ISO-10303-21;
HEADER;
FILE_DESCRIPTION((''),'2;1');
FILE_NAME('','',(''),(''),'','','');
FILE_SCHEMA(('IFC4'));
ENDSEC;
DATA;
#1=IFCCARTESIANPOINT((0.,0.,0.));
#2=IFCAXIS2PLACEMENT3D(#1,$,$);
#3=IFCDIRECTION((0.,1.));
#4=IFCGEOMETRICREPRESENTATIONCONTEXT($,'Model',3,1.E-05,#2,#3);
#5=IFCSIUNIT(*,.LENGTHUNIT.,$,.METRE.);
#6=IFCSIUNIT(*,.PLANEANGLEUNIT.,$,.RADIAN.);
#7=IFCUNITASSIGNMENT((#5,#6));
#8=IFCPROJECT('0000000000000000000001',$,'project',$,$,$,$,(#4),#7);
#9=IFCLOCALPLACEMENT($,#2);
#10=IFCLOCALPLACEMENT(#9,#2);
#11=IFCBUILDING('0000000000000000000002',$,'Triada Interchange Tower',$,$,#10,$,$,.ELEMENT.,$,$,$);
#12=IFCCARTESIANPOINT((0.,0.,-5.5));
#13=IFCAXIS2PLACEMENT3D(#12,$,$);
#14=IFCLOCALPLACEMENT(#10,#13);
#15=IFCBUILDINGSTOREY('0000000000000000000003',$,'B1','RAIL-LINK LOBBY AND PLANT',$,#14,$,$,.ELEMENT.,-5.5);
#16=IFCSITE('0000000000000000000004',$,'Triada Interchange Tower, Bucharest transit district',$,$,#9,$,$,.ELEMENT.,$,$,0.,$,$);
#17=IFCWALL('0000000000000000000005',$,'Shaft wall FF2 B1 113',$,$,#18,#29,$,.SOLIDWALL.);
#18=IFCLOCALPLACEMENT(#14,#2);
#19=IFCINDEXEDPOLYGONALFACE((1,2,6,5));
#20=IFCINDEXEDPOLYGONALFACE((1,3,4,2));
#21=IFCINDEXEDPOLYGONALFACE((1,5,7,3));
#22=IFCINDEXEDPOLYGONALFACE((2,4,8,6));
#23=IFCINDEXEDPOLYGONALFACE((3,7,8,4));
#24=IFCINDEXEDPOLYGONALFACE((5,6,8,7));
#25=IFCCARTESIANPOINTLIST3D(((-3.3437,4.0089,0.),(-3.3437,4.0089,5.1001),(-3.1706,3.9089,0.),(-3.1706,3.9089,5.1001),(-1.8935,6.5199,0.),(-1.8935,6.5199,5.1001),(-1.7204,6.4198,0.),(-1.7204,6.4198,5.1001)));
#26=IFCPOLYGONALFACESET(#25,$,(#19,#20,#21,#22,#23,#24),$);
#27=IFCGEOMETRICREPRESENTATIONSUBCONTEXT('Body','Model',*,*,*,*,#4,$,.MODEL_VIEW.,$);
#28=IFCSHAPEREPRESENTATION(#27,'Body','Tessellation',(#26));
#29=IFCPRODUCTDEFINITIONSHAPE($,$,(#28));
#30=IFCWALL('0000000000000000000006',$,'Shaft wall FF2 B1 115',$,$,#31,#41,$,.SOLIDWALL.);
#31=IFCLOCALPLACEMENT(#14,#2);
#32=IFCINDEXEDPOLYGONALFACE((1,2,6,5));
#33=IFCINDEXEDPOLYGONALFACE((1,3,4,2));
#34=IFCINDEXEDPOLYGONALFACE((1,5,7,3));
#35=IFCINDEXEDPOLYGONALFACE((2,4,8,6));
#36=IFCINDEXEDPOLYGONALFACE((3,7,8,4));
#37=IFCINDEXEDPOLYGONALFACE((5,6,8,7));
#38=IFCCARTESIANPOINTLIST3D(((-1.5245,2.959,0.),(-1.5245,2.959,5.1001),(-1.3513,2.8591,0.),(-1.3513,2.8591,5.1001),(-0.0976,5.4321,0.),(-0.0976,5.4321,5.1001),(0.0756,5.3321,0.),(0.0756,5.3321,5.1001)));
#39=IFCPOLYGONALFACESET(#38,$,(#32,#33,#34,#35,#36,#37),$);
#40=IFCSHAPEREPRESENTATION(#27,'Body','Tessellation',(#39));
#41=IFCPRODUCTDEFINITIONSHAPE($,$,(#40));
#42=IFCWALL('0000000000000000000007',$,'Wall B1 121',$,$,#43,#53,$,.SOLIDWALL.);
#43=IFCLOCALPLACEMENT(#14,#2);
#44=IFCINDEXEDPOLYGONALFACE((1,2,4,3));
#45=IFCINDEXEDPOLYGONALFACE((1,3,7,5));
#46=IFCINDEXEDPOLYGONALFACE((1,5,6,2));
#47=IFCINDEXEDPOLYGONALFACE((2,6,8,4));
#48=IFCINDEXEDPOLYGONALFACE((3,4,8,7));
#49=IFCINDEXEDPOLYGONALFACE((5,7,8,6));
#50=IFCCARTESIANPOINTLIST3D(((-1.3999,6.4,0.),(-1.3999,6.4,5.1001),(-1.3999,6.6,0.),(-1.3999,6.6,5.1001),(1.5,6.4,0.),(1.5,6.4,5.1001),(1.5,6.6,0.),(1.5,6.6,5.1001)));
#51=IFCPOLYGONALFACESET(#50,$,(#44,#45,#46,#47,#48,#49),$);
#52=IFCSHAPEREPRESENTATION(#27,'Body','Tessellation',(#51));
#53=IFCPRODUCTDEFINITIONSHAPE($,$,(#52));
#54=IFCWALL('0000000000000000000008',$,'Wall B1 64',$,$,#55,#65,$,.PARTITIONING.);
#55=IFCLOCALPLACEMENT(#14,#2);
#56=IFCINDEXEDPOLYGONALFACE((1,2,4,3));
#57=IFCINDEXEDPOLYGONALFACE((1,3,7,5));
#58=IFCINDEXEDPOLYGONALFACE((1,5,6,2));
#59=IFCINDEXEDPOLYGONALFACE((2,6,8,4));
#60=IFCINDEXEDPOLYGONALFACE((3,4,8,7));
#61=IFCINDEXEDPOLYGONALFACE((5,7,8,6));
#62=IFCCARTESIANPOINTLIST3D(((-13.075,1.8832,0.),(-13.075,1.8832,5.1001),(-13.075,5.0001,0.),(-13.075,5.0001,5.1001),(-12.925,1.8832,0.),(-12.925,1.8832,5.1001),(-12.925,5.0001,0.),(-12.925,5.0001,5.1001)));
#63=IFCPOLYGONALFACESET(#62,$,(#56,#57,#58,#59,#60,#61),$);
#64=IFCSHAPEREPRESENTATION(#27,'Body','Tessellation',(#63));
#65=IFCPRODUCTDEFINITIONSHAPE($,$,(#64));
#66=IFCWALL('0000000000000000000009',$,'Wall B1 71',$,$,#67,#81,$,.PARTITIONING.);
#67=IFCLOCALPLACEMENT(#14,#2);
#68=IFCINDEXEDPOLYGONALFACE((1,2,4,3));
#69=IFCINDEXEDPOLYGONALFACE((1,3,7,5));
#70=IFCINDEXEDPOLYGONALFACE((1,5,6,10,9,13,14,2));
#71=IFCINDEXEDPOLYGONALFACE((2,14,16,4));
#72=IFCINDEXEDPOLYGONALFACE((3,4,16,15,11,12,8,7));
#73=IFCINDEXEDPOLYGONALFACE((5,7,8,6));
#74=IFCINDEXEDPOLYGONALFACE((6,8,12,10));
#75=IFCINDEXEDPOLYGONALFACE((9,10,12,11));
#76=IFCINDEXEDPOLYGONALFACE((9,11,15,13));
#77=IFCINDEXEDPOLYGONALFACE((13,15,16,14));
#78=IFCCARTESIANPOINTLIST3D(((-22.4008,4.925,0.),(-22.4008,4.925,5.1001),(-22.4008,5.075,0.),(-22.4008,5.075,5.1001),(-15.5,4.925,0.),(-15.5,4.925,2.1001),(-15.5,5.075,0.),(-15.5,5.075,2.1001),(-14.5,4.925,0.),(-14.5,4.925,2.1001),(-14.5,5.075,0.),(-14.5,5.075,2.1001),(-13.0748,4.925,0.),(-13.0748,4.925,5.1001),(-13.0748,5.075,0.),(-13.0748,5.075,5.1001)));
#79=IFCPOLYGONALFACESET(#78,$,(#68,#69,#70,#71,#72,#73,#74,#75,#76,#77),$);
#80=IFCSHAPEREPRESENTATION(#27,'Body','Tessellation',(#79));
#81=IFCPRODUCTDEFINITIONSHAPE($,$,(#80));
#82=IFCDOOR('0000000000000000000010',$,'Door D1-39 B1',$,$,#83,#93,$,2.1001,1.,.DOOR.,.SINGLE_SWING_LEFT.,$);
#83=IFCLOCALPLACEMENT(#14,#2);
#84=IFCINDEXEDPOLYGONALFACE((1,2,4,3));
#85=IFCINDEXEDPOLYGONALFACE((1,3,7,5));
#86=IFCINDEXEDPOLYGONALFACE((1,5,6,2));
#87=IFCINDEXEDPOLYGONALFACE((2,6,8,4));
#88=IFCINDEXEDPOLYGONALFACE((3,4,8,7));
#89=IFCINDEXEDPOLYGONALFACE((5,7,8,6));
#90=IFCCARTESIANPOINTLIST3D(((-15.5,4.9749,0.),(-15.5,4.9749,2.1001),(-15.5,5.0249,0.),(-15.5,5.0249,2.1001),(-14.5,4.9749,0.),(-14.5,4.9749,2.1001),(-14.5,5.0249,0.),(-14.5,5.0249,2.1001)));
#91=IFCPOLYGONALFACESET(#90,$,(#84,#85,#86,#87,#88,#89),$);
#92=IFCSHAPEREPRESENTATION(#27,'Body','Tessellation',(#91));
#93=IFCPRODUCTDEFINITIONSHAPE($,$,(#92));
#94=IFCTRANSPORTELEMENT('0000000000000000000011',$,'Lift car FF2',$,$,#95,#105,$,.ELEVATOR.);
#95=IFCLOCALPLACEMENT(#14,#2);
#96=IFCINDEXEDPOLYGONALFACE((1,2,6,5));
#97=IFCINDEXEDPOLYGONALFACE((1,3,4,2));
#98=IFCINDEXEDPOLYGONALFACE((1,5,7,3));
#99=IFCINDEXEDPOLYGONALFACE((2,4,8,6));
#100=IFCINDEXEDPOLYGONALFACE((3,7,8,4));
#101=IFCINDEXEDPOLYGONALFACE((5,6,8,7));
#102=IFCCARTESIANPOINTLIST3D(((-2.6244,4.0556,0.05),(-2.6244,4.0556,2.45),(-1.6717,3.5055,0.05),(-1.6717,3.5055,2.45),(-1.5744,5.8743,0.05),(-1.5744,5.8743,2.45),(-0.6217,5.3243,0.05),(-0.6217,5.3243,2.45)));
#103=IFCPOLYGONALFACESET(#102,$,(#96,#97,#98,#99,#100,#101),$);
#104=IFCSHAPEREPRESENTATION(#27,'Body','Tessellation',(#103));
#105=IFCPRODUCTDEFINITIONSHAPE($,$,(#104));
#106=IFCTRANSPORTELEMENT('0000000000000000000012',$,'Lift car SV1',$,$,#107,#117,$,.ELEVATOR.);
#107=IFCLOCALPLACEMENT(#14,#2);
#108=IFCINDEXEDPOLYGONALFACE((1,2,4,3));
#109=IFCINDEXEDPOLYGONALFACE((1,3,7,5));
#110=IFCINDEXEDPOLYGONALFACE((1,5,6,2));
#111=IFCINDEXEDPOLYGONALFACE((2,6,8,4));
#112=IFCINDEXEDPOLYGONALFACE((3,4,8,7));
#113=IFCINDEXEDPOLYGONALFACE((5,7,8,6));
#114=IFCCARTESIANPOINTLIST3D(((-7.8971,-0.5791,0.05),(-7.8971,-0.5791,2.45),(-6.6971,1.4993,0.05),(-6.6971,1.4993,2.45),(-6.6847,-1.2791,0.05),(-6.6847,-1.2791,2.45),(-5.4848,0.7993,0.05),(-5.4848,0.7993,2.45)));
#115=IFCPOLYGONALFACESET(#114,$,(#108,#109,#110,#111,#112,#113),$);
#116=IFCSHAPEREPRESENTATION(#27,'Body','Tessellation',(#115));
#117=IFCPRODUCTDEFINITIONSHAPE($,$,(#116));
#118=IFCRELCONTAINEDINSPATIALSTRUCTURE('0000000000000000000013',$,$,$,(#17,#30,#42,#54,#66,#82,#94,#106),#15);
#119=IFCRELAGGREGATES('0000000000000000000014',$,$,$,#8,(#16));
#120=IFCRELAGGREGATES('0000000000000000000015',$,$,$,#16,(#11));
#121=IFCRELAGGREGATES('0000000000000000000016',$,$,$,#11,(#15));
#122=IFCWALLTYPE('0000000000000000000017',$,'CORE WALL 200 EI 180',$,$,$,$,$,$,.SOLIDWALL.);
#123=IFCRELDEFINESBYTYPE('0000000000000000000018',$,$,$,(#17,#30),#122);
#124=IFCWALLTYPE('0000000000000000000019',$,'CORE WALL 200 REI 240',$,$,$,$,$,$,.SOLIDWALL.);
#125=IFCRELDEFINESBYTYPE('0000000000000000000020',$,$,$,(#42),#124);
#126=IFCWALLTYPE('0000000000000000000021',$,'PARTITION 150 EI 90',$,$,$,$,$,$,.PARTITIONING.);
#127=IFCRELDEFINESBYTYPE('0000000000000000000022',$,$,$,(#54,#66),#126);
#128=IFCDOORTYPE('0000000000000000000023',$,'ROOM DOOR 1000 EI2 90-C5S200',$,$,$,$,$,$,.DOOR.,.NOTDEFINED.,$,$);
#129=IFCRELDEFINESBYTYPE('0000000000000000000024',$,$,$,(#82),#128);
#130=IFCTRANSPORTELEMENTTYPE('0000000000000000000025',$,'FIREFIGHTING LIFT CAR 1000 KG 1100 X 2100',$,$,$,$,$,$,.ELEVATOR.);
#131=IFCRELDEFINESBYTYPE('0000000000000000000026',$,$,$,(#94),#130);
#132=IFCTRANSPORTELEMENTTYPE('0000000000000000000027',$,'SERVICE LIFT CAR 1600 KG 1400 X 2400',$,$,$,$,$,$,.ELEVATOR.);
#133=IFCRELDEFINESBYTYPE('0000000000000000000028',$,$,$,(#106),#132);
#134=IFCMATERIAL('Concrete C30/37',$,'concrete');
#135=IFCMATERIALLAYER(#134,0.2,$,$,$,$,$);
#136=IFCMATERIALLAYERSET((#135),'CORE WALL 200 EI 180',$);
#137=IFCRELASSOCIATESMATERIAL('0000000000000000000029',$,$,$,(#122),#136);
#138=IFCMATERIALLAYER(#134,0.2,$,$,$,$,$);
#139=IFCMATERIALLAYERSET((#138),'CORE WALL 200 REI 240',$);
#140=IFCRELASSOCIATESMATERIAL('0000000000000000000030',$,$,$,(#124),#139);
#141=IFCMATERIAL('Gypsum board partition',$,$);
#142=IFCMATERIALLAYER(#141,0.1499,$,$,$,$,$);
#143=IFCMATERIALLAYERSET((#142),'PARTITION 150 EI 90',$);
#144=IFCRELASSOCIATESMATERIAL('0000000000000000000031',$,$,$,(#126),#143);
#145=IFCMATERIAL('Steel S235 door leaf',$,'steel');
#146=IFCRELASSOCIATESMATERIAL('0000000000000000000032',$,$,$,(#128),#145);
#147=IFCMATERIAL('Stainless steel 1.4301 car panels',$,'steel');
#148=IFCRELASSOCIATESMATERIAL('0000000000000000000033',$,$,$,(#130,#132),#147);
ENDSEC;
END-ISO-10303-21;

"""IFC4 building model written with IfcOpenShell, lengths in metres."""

from ifc_helpers import new_model, si_unit, direction, frame, frame_2d, origin, origin_2d, place, context, subcontext, project, spatial, rectangle, extrude, material, layer, layer_set, type_object, element, fill, save


model = new_model("IFC4")

# Units and contexts
model_context = context("Model", 3, precision=1e-05, world=origin(), true_north=direction((0.0, 1.0)))
body_context = subcontext(model_context, "Body", "Model", "MODEL_VIEW")
ifc_project = project(units=[si_unit("LENGTHUNIT", "METRE"), si_unit("PLANEANGLEUNIT", "RADIAN")], contexts=[model_context])

# Site, building, storey
site_placement = place(None, origin())
site = spatial("IfcSite", under=ifc_project, at=site_placement, Name="Triada Interchange Tower, Bucharest transit district", CompositionType="ELEMENT", RefElevation=0.0)
building_placement = place(site_placement, origin())
building = spatial("IfcBuilding", under=site, at=building_placement, Name="Triada Interchange Tower", CompositionType="ELEMENT")
storey_placement = place(building_placement, frame((0.0, 0.0, -5.5)))
storey = spatial("IfcBuildingStorey", under=building, at=storey_placement, Name="B1", Description="RAIL-LINK LOBBY AND PLANT", CompositionType="ELEMENT", Elevation=-5.5)

# Shared definitions
ifc_material_1 = material(Name="Concrete C30/37", Category="concrete")

# Shared definitions
ifc_layer_1 = layer(ifc_material_1, 0.2)
ifc_layer_set_1 = layer_set([ifc_layer_1], Name="CORE WALL 200 EI 180")
wall_type_1 = type_object("IfcWallType", Name="CORE WALL 200 EI 180", PredefinedType="SOLIDWALL", material=ifc_layer_set_1)
ifc_material_2 = material(Name="Steel S235 door leaf", Category="steel")

# Walls
wall_1_placement = place(storey_placement, frame((-3.2571, 3.959, 0.0), z_axis=(0.0, 0.0, 1.0), x_axis=(0.500123, 0.865954, 0.0)))
element("IfcWall", 1, at=wall_1_placement, inside=storey, type_object=wall_type_1, Name="Shaft wall FF2 B1 113", PredefinedType="SOLIDWALL", context=body_context, shape_type="SweptSolid", body=[
    extrude(rectangle(XDim=2.8997, YDim=0.2, at=frame_2d((1.4497, 0.0))), origin(), (0.0, 0.0, 1.0), 5.1001),
])
wall_2_placement = place(storey_placement, frame((-1.438, 2.9089, 0.0), z_axis=(0.0, 0.0, 1.0), x_axis=(0.499772, 0.866157, 0.0)))
element("IfcWall", 2, at=wall_2_placement, inside=storey, type_object=wall_type_1, Name="Shaft wall FF2 B1 115", PredefinedType="SOLIDWALL", context=body_context, shape_type="SweptSolid", body=[
    extrude(rectangle(XDim=2.8552, YDim=0.2, at=frame_2d((1.4277, 0.0))), origin(), (0.0, 0.0, 1.0), 5.1001),
])
ifc_layer_2 = layer(ifc_material_1, 0.2)
ifc_layer_set_2 = layer_set([ifc_layer_2], Name="CORE WALL 200 REI 240")
wall_type_2 = type_object("IfcWallType", Name="CORE WALL 200 REI 240", PredefinedType="SOLIDWALL", material=ifc_layer_set_2)
wall_3_placement = place(storey_placement, frame((-1.3999, 6.5, 0.0), z_axis=(0.0, 0.0, 1.0), x_axis=(1.0, 0.0, 0.0)))
element("IfcWall", 3, at=wall_3_placement, inside=storey, type_object=wall_type_2, Name="Wall B1 121", PredefinedType="SOLIDWALL", context=body_context, shape_type="SweptSolid", body=[
    extrude(rectangle(XDim=2.8999, YDim=0.2, at=frame_2d((1.45, 0.0))), origin(), (0.0, 0.0, 1.0), 5.1001),
])
ifc_material_3 = material(Name="Gypsum board partition")
ifc_layer_3 = layer(ifc_material_3, 0.1499)
ifc_layer_set_3 = layer_set([ifc_layer_3], Name="PARTITION 150 EI 90")
wall_type_3 = type_object("IfcWallType", Name="PARTITION 150 EI 90", PredefinedType="PARTITIONING", material=ifc_layer_set_3)
wall_4_placement = place(storey_placement, frame((-13.0, 1.8831, 0.0), z_axis=(0.0, 0.0, 1.0), x_axis=(0.0, 1.0, 0.0)))
element("IfcWall", 4, at=wall_4_placement, inside=storey, type_object=wall_type_3, Name="Wall B1 64", PredefinedType="PARTITIONING", context=body_context, shape_type="SweptSolid", body=[
    extrude(rectangle(XDim=3.1169, YDim=0.1499, at=frame_2d((1.5586, 0.0))), origin(), (0.0, 0.0, 1.0), 5.1001),
])

# Wall, opening, door
wall_5_placement = place(storey_placement, frame((-22.4009, 5.0, 0.0), z_axis=(0.0, 0.0, 1.0), x_axis=(1.0, 0.0, 0.0)))
wall_5 = element("IfcWall", 5, at=wall_5_placement, inside=storey, type_object=wall_type_3, Name="Wall B1 71", PredefinedType="PARTITIONING", context=body_context, shape_type="SweptSolid", body=[
    extrude(rectangle(XDim=9.3259, YDim=0.1499, at=frame_2d((4.6631, 0.0))), origin(), (0.0, 0.0, 1.0), 5.1001),
])
opening_1_placement = place(wall_5_placement, frame((6.9009, 0.0, 0.0)))
opening_1 = element("IfcOpeningElement", 6, at=opening_1_placement, cuts=wall_5, PredefinedType="OPENING", context=body_context, shape_type="SweptSolid", body=[
    extrude(rectangle(XDim=1.0, YDim=2.1001, at=frame_2d((0.5, 1.05))), frame((0.0, 0.085, 0.0), z_axis=(0.0, -1.0, 0.0), x_axis=(1.0, 0.0, 0.0)), (0.0, 0.0, 1.0), 0.1699),
])
door_type_1 = type_object("IfcDoorType", Name="ROOM DOOR 1000 EI2 90-C5S200", OperationType="NOTDEFINED", PredefinedType="DOOR", material=ifc_material_2)
door_1_placement = place(opening_1_placement, origin())
door_1 = element("IfcDoor", 7, at=door_1_placement, inside=storey, type_object=door_type_1, Name="Door D1-39 B1", OperationType="SINGLE_SWING_LEFT", OverallHeight=2.1001, OverallWidth=1.0, PredefinedType="DOOR", context=body_context, shape_type="SweptSolid", body=[
    extrude(rectangle(XDim=1.0, YDim=2.1001, at=frame_2d((0.5, 1.05))), frame((0.0, 0.0249, 0.0), z_axis=(0.0, -1.0, 0.0), x_axis=(1.0, 0.0, 0.0)), (0.0, 0.0, 1.0), 0.05),
])
fill(opening_1, door_1)

# Transport elements
ifc_material_4 = material(Name="Stainless steel 1.4301 car panels", Category="steel")
transport_element_type_1 = type_object("IfcTransportElementType", Name="FIREFIGHTING LIFT CAR 1000 KG 1100 X 2100", PredefinedType="ELEVATOR", material=ifc_material_4)
transport_element_1_placement = place(storey_placement, frame((-1.623, 4.6899, 0.05), z_axis=(0.0, 0.0, 1.0), x_axis=(-0.866025, 0.5, 0.0)))
element("IfcTransportElement", 8, at=transport_element_1_placement, inside=storey, type_object=transport_element_type_1, Name="Lift car FF2", PredefinedType="ELEVATOR", context=body_context, shape_type="SweptSolid", body=[
    extrude(rectangle(XDim=1.1001, YDim=2.1001, at=origin_2d()), origin(), (0.0, 0.0, 1.0), 2.3999),
])
transport_element_type_2 = type_object("IfcTransportElementType", Name="SERVICE LIFT CAR 1600 KG 1400 X 2400", PredefinedType="ELEVATOR", material=ifc_material_4)
transport_element_2_placement = place(storey_placement, frame((-6.6909, 0.1101, 0.05), z_axis=(0.0, 0.0, 1.0), x_axis=(-0.866025, 0.5, 0.0)))
element("IfcTransportElement", 9, at=transport_element_2_placement, inside=storey, type_object=transport_element_type_2, Name="Lift car SV1", PredefinedType="ELEVATOR", context=body_context, shape_type="SweptSolid", body=[
    extrude(rectangle(XDim=1.3999, YDim=2.3999, at=origin_2d()), origin(), (0.0, 0.0, 1.0), 2.3999),
])

save(model, "model.ifc")
